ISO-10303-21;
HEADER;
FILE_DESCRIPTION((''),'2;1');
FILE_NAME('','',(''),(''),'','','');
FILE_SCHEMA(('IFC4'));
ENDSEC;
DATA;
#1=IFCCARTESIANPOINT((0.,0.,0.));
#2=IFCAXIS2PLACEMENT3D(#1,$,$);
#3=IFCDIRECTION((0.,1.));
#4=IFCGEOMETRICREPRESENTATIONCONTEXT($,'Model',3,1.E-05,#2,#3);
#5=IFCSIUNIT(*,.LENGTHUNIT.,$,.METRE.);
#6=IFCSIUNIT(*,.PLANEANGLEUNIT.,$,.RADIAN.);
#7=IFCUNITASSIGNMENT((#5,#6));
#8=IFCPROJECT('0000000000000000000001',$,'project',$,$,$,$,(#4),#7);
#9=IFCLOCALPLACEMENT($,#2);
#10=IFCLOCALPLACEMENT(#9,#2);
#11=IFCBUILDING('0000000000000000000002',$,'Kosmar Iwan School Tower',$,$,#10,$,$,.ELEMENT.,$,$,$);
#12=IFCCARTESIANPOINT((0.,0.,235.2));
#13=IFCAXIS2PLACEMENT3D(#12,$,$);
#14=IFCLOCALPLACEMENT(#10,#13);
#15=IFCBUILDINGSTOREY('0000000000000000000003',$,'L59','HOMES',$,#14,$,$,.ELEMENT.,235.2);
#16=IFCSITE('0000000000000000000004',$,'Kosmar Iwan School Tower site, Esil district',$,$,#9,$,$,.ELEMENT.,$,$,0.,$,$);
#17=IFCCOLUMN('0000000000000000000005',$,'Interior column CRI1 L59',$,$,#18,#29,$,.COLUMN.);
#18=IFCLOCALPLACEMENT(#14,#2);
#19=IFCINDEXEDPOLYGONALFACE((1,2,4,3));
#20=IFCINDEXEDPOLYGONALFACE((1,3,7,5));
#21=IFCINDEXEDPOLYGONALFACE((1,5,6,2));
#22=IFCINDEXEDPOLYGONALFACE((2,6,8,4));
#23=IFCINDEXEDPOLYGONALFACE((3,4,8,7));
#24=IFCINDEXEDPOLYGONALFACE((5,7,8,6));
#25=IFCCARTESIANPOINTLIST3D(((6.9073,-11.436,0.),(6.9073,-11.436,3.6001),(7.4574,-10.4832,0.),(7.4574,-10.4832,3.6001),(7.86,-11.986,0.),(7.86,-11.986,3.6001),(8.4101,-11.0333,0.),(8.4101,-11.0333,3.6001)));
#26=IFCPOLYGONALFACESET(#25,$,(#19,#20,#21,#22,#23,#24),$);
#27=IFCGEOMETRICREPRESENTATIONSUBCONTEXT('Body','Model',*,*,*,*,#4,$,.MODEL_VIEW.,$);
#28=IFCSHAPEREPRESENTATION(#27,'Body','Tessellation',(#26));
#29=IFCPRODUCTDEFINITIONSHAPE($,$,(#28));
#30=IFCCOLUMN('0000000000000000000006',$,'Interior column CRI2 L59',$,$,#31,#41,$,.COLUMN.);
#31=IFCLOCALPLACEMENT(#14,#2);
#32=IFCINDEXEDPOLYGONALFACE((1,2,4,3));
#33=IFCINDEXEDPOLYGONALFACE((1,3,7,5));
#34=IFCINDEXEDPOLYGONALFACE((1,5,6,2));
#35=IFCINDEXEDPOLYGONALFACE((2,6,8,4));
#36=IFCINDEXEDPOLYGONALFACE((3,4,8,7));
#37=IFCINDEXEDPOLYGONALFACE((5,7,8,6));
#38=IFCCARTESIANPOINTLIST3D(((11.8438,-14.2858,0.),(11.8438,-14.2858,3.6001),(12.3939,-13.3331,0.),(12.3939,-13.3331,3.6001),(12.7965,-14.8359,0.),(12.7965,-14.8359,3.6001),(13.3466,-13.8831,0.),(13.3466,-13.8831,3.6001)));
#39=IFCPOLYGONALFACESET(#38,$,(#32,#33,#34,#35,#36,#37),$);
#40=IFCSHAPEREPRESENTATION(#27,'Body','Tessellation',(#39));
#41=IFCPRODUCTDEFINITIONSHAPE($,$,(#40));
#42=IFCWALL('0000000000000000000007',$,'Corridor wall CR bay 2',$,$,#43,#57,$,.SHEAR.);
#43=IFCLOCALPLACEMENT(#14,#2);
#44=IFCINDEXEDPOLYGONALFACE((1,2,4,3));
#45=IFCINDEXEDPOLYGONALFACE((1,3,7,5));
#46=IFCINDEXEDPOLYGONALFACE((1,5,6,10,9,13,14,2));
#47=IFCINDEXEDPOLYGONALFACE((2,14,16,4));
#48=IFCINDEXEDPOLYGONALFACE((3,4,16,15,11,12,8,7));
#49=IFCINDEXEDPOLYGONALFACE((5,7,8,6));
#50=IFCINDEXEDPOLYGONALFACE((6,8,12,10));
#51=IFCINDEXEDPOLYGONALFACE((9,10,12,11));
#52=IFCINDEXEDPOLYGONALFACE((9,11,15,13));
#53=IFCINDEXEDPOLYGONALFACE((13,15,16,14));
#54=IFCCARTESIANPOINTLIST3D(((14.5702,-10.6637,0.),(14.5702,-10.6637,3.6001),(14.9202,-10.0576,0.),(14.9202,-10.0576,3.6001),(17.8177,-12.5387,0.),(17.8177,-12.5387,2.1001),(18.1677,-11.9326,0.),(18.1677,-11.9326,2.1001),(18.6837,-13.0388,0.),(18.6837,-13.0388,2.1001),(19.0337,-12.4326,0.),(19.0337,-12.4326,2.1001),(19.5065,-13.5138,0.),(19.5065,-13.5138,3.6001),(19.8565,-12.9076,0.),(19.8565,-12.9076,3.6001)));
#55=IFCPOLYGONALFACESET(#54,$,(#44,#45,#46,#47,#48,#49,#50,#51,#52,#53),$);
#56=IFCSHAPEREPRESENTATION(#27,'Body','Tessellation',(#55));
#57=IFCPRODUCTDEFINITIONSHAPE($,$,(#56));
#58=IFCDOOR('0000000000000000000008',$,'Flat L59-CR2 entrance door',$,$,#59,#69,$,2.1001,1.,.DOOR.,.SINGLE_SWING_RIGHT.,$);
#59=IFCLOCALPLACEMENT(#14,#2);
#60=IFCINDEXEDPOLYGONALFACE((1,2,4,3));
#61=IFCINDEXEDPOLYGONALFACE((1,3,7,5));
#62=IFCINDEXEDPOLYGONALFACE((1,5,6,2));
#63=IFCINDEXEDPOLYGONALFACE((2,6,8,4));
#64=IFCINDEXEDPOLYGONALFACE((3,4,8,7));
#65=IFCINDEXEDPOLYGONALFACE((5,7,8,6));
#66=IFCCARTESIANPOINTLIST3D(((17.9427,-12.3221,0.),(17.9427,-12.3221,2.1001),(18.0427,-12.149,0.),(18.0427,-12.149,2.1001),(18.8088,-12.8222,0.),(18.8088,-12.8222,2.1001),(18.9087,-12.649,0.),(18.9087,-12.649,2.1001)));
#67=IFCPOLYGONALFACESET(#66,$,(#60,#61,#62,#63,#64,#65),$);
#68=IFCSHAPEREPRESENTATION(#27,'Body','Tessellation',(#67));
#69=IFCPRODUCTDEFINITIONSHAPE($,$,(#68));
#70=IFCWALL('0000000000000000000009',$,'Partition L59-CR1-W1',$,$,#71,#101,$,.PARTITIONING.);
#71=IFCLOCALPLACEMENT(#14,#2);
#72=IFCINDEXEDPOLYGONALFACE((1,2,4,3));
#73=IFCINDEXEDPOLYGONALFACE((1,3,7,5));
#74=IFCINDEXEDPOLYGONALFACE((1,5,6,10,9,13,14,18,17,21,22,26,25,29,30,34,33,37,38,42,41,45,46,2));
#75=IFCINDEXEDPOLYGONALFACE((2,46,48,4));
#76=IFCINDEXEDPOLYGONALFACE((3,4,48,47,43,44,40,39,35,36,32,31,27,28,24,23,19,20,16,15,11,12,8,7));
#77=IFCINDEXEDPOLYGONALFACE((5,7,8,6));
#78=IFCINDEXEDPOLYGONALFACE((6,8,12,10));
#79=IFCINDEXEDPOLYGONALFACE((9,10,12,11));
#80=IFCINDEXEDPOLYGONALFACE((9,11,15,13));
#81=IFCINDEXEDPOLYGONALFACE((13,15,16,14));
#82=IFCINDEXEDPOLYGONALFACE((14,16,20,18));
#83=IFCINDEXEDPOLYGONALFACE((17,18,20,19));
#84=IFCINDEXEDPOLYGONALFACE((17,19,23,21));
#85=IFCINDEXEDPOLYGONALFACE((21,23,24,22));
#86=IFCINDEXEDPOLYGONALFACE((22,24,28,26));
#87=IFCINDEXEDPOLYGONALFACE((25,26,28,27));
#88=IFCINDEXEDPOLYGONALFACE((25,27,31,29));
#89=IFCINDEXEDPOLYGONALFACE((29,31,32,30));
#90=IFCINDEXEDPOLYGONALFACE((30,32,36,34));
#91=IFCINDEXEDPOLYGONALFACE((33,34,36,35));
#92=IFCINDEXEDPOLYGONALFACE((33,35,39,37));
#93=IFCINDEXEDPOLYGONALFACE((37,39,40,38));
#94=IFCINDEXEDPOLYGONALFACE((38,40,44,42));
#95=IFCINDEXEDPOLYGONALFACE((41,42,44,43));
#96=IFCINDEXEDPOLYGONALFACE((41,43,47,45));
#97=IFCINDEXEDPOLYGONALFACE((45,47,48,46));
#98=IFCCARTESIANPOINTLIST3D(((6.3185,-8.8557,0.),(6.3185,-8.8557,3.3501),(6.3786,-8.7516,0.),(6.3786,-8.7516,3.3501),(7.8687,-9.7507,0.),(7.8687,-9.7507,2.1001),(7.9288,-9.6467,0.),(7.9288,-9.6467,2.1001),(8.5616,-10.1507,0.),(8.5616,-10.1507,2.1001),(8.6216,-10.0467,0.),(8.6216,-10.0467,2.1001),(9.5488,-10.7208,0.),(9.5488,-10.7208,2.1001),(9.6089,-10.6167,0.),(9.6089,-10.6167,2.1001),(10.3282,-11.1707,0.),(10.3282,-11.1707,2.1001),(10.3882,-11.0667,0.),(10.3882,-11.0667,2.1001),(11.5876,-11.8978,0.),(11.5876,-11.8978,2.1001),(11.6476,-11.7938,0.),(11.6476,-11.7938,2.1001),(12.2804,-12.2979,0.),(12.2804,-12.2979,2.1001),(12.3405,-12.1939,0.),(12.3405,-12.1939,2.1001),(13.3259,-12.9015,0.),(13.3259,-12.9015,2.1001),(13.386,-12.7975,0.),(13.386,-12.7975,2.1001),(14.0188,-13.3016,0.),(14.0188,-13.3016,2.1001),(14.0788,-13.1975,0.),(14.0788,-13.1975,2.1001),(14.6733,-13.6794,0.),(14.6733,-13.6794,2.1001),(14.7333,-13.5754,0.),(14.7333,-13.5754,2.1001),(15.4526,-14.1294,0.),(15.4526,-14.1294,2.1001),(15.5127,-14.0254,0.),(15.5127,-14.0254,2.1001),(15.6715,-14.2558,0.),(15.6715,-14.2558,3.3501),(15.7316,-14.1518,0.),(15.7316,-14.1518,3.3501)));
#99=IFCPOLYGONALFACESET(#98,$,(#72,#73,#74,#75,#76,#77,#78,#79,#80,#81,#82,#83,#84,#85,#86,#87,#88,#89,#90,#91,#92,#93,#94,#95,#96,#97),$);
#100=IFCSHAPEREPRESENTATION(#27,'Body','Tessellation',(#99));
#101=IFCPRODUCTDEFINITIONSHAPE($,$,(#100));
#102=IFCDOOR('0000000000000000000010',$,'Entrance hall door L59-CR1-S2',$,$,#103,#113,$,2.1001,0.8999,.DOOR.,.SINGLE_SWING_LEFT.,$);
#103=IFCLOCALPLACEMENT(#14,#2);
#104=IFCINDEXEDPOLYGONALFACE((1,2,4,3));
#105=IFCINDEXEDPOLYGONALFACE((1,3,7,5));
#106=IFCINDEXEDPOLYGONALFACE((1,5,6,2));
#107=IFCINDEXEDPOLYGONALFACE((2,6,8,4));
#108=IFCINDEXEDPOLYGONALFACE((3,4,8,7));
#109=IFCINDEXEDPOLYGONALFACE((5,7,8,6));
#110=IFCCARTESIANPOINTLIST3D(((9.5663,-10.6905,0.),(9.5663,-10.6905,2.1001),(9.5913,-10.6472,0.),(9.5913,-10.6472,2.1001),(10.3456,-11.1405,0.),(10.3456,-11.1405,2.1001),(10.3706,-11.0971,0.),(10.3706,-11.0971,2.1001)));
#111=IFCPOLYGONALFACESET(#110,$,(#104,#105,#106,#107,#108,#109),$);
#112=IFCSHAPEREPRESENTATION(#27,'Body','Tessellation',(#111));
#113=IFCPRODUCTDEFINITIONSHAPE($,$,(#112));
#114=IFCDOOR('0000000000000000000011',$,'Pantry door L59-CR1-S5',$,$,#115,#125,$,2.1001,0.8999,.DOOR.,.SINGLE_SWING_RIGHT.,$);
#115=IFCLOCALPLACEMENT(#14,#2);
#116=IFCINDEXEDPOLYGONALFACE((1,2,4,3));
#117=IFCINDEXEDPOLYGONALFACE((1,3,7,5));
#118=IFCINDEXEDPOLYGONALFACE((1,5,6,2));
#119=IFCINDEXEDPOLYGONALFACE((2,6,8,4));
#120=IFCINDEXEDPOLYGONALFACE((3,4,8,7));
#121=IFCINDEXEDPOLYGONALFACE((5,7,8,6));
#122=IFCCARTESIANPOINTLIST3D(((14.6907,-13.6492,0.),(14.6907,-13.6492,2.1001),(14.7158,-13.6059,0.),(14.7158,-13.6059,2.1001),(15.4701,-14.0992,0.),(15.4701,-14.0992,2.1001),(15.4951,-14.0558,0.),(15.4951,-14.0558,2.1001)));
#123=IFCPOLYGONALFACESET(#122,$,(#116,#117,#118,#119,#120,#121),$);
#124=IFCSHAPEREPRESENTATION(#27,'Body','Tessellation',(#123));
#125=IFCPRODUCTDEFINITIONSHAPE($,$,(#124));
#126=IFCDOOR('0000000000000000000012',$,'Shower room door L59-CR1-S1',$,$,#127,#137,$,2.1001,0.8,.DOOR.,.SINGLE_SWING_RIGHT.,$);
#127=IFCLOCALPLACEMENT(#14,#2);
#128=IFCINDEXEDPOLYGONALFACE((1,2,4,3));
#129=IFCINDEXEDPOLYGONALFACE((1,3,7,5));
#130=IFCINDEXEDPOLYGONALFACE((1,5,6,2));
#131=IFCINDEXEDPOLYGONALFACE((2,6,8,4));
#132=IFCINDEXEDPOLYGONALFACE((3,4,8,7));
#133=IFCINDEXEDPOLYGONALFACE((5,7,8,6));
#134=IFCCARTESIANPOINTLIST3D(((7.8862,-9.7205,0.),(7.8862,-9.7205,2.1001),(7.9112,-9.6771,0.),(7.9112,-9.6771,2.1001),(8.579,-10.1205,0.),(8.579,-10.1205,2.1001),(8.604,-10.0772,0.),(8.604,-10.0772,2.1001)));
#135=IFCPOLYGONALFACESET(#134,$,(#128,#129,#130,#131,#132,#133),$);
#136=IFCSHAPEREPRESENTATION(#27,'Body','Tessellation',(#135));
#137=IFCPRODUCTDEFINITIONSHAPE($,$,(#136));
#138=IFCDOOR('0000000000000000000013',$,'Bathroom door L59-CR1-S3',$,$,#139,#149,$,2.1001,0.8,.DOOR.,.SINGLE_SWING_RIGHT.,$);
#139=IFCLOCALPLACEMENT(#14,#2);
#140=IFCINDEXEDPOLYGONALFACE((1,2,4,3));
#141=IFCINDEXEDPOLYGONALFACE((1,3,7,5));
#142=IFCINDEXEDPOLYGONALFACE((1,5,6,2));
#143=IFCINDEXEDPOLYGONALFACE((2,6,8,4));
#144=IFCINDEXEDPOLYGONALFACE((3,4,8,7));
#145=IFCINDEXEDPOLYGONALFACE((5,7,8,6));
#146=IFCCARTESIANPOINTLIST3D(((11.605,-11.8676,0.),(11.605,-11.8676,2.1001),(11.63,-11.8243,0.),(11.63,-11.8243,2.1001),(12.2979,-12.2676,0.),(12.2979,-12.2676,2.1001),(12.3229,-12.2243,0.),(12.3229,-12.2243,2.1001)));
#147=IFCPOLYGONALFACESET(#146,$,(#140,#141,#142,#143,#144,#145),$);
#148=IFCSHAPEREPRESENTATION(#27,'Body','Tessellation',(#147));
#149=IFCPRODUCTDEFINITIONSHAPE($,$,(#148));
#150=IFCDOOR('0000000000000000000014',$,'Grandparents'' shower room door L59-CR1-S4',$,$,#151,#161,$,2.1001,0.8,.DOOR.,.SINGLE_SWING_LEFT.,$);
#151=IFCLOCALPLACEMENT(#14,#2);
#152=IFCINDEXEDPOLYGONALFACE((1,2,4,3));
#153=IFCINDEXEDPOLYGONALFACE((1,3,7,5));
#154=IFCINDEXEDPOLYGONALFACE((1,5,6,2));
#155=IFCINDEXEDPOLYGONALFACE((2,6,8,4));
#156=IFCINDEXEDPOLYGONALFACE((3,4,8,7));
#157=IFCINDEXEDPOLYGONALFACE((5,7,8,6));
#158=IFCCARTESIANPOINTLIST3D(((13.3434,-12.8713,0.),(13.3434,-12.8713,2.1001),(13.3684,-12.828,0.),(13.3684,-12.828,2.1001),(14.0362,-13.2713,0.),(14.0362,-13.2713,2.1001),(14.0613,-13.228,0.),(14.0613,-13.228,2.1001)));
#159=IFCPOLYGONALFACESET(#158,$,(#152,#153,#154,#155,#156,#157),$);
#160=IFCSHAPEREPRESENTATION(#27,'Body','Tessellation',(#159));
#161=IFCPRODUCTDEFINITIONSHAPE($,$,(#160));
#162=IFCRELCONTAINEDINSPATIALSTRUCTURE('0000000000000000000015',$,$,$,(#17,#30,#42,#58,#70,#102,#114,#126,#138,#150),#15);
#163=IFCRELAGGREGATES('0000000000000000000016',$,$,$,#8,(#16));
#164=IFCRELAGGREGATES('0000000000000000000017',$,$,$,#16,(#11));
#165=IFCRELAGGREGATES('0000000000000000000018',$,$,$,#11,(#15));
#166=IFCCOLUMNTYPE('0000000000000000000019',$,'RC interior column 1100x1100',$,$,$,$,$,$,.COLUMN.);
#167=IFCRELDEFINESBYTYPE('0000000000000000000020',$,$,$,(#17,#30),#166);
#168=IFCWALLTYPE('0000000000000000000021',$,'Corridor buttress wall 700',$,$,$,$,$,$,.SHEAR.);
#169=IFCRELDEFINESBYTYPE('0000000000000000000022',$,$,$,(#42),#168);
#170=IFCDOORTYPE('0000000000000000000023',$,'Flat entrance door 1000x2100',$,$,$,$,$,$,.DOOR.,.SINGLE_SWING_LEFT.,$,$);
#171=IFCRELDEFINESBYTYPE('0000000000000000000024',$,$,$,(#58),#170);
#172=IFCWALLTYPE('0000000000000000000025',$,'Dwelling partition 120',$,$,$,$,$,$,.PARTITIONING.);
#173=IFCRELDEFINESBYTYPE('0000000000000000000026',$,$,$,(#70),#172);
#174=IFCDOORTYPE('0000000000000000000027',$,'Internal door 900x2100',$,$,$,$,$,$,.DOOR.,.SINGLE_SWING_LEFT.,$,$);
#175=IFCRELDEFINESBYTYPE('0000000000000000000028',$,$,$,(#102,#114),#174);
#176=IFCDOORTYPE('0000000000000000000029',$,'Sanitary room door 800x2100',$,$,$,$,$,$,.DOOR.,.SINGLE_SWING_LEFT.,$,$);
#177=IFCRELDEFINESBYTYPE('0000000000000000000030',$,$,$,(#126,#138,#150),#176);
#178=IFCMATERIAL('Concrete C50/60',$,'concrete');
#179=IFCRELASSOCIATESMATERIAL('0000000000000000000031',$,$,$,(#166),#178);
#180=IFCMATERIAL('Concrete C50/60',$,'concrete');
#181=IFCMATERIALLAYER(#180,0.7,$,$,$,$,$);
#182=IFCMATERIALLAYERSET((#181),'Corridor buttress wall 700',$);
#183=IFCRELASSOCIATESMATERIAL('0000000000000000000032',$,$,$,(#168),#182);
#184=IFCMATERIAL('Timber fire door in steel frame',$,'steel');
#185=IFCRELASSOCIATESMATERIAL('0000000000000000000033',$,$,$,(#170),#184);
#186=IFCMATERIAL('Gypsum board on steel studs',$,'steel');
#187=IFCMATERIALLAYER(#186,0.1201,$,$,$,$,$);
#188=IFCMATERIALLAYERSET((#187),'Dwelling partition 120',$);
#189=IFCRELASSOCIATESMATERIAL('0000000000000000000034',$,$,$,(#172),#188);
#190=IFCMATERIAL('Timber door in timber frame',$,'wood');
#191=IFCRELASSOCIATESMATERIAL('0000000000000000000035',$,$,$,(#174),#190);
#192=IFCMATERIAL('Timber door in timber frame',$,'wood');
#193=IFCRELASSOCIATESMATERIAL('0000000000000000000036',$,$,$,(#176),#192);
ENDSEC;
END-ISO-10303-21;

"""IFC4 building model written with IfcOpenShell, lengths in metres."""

from ifc_helpers import new_model, si_unit, direction, frame, frame_2d, origin, origin_2d, place, context, subcontext, project, spatial, rectangle, extrude, material, layer, layer_set, material_profile, profile_set, type_object, element, fill, save


model = new_model("IFC4")

# Units and contexts
model_context = context("Model", 3, precision=1e-05, world=origin(), true_north=direction((0.0, 1.0)))
body_context = subcontext(model_context, "Body", "Model", "MODEL_VIEW")
ifc_project = project(units=[si_unit("LENGTHUNIT", "METRE"), si_unit("PLANEANGLEUNIT", "RADIAN")], contexts=[model_context])

# Site, building, storey
site_placement = place(None, origin())
site = spatial("IfcSite", under=ifc_project, at=site_placement, Name="Kosmar Iwan School Tower site, Esil district", CompositionType="ELEMENT", RefElevation=0.0)
building_placement = place(site_placement, origin())
building = spatial("IfcBuilding", under=site, at=building_placement, Name="Kosmar Iwan School Tower", CompositionType="ELEMENT")
storey_placement = place(building_placement, frame((0.0, 0.0, 235.2)))
storey = spatial("IfcBuildingStorey", under=building, at=storey_placement, Name="L59", Description="HOMES", CompositionType="ELEMENT", Elevation=235.2)

# Columns
ifc_material_1 = material(Name="Concrete C50/60", Category="concrete")
ifc_material_profile = material_profile(ifc_material_1, rectangle(XDim=1.1001, YDim=1.1001, at=origin_2d()), Name="RC 1100x1100")
ifc_profile_set = profile_set([ifc_material_profile], Name="Concrete C50/60")
column_type = type_object("IfcColumnType", Name="RC interior column 1100x1100", PredefinedType="COLUMN", material=ifc_profile_set)
for number, where, z_axis, x_axis, name in (
    (1, (7.6587, -11.2346, 0.0), (0.0, 0.0, 1.0), (0.866025, -0.5, 0.0), "Interior column CRI1 L59"),
    (2, (12.5952, -14.0845, 0.0), (0.0, 0.0, 1.0), (0.866025, -0.5, 0.0), "Interior column CRI2 L59"),
):
    element("IfcColumn", number, at=place(storey_placement, frame(where, z_axis=z_axis, x_axis=x_axis)), inside=storey, type_object=column_type, Name=name, PredefinedType="COLUMN", context=body_context, shape_type="SweptSolid", body=[
        extrude(rectangle(XDim=1.1001, YDim=1.1001, at=origin_2d()), origin(), (0.0, 0.0, 1.0), 3.6001),
    ])

# Wall, opening, door
ifc_material_2 = material(Name="Concrete C50/60", Category="concrete")
ifc_layer_1 = layer(ifc_material_2, 0.7)
ifc_layer_set_1 = layer_set([ifc_layer_1], Name="Corridor buttress wall 700")
wall_type_1 = type_object("IfcWallType", Name="Corridor buttress wall 700", PredefinedType="SHEAR", material=ifc_layer_set_1)
wall_1_placement = place(storey_placement, frame((14.7451, -10.3606, 0.0), z_axis=(0.0, 0.0, 1.0), x_axis=(0.866015, -0.500018, 0.0)))
wall_1 = element("IfcWall", 3, at=wall_1_placement, inside=storey, type_object=wall_type_1, Name="Corridor wall CR bay 2", PredefinedType="SHEAR", context=body_context, shape_type="SweptSolid", body=[
    extrude(rectangle(XDim=5.7, YDim=0.7, at=frame_2d((2.8501, 0.0))), origin(), (0.0, 0.0, 1.0), 3.6001),
])
opening_1_placement = place(wall_1_placement, frame((3.75, 0.0, 0.0)))
opening_1 = element("IfcOpeningElement", 4, at=opening_1_placement, cuts=wall_1, PredefinedType="OPENING", context=body_context, shape_type="SweptSolid", body=[
    extrude(rectangle(XDim=1.0, YDim=2.1001, at=frame_2d((0.5, 1.05))), frame((0.0, 0.3621, 0.0), z_axis=(0.0, -1.0, 0.0), x_axis=(1.0, 0.0, 0.0)), (0.0, 0.0, 1.0), 0.7239),
])
ifc_material_3 = material(Name="Timber fire door in steel frame", Category="steel")
door_type_1 = type_object("IfcDoorType", Name="Flat entrance door 1000x2100", OperationType="SINGLE_SWING_LEFT", PredefinedType="DOOR", material=ifc_material_3)
door_1_placement = place(opening_1_placement, origin())
door_1 = element("IfcDoor", 5, at=door_1_placement, inside=storey, type_object=door_type_1, Name="Flat L59-CR2 entrance door", OperationType="SINGLE_SWING_RIGHT", OverallHeight=2.1001, OverallWidth=1.0, PredefinedType="DOOR", context=body_context, shape_type="SweptSolid", body=[
    extrude(rectangle(XDim=1.0, YDim=2.1001, at=frame_2d((0.5, 1.05))), frame((0.0, 0.1001, 0.0), z_axis=(0.0, -1.0, 0.0), x_axis=(1.0, 0.0, 0.0)), (0.0, 0.0, 1.0), 0.2),
])
fill(opening_1, door_1)

# Wall, openings, doors
ifc_material_4 = material(Name="Gypsum board on steel studs", Category="steel")
ifc_layer_2 = layer(ifc_material_4, 0.1201)
ifc_layer_set_2 = layer_set([ifc_layer_2], Name="Dwelling partition 120")
wall_type_2 = type_object("IfcWallType", Name="Dwelling partition 120", PredefinedType="PARTITIONING", material=ifc_layer_set_2)
wall_2_placement = place(storey_placement, frame((6.3486, -8.8037, 0.0), z_axis=(0.0, 0.0, 1.0), x_axis=(0.866018, -0.500012, 0.0)))
wall_2 = element("IfcWall", 6, at=wall_2_placement, inside=storey, type_object=wall_type_2, Name="Partition L59-CR1-W1", PredefinedType="PARTITIONING", context=body_context, shape_type="SweptSolid", body=[
    extrude(rectangle(XDim=10.8, YDim=0.1201, at=frame_2d((5.3999, 0.0))), origin(), (0.0, 0.0, 1.0), 3.3501),
])
opening_2_placement = place(wall_2_placement, frame((1.79, 0.0, 0.0)))
opening_2 = element("IfcOpeningElement", 7, at=opening_2_placement, cuts=wall_2, PredefinedType="OPENING", context=body_context, shape_type="SweptSolid", body=[
    extrude(rectangle(XDim=0.8, YDim=2.1001, at=frame_2d((0.3999, 1.05))), frame((0.0, 0.072, 0.0), z_axis=(0.0, -1.0, 0.0), x_axis=(1.0, 0.0, 0.0)), (0.0, 0.0, 1.0), 0.144),
])
opening_3_placement = place(wall_2_placement, frame((3.73, 0.0, 0.0)))
opening_3 = element("IfcOpeningElement", 8, at=opening_3_placement, cuts=wall_2, PredefinedType="OPENING", context=body_context, shape_type="SweptSolid", body=[
    extrude(rectangle(XDim=0.8999, YDim=2.1001, at=frame_2d((0.45, 1.05))), frame((0.0, 0.072, 0.0), z_axis=(0.0, -1.0, 0.0), x_axis=(1.0, 0.0, 0.0)), (0.0, 0.0, 1.0), 0.144),
])
opening_4_placement = place(wall_2_placement, frame((6.0842, 0.0, 0.0)))
opening_4 = element("IfcOpeningElement", 9, at=opening_4_placement, cuts=wall_2, PredefinedType="OPENING", context=body_context, shape_type="SweptSolid", body=[
    extrude(rectangle(XDim=0.8, YDim=2.1001, at=frame_2d((0.3999, 1.05))), frame((0.0, 0.072, 0.0), z_axis=(0.0, -1.0, 0.0), x_axis=(1.0, 0.0, 0.0)), (0.0, 0.0, 1.0), 0.144),
])
opening_5_placement = place(wall_2_placement, frame((8.0916, 0.0, 0.0)))
opening_5 = element("IfcOpeningElement", 10, at=opening_5_placement, cuts=wall_2, PredefinedType="OPENING", context=body_context, shape_type="SweptSolid", body=[
    extrude(rectangle(XDim=0.8, YDim=2.1001, at=frame_2d((0.3999, 1.05))), frame((0.0, 0.072, 0.0), z_axis=(0.0, -1.0, 0.0), x_axis=(1.0, 0.0, 0.0)), (0.0, 0.0, 1.0), 0.144),
])
opening_6_placement = place(wall_2_placement, frame((9.6472, 0.0, 0.0)))
opening_6 = element("IfcOpeningElement", 11, at=opening_6_placement, cuts=wall_2, PredefinedType="OPENING", context=body_context, shape_type="SweptSolid", body=[
    extrude(rectangle(XDim=0.8999, YDim=2.1001, at=frame_2d((0.45, 1.05))), frame((0.0, 0.072, 0.0), z_axis=(0.0, -1.0, 0.0), x_axis=(1.0, 0.0, 0.0)), (0.0, 0.0, 1.0), 0.144),
])
ifc_material_5 = material(Name="Timber door in timber frame", Category="wood")
door_type_2 = type_object("IfcDoorType", Name="Internal door 900x2100", OperationType="SINGLE_SWING_LEFT", PredefinedType="DOOR", material=ifc_material_5)
door_2_placement = place(opening_3_placement, origin())
door_2 = element("IfcDoor", 12, at=door_2_placement, inside=storey, type_object=door_type_2, Name="Entrance hall door L59-CR1-S2", OperationType="SINGLE_SWING_LEFT", OverallHeight=2.1001, OverallWidth=0.8999, PredefinedType="DOOR", context=body_context, shape_type="SweptSolid", body=[
    extrude(rectangle(XDim=0.8999, YDim=2.1001, at=frame_2d((0.45, 1.05))), frame((0.0, 0.0249, 0.0), z_axis=(0.0, -1.0, 0.0), x_axis=(1.0, 0.0, 0.0)), (0.0, 0.0, 1.0), 0.05),
])
fill(opening_3, door_2)
door_3_placement = place(opening_6_placement, origin())
door_3 = element("IfcDoor", 13, at=door_3_placement, inside=storey, type_object=door_type_2, Name="Pantry door L59-CR1-S5", OperationType="SINGLE_SWING_RIGHT", OverallHeight=2.1001, OverallWidth=0.8999, PredefinedType="DOOR", context=body_context, shape_type="SweptSolid", body=[
    extrude(rectangle(XDim=0.8999, YDim=2.1001, at=frame_2d((0.45, 1.05))), frame((0.0, 0.0249, 0.0), z_axis=(0.0, -1.0, 0.0), x_axis=(1.0, 0.0, 0.0)), (0.0, 0.0, 1.0), 0.05),
])
fill(opening_6, door_3)
ifc_material_6 = material(Name="Timber door in timber frame", Category="wood")
door_type_3 = type_object("IfcDoorType", Name="Sanitary room door 800x2100", OperationType="SINGLE_SWING_LEFT", PredefinedType="DOOR", material=ifc_material_6)
door_4_placement = place(opening_2_placement, origin())
door_4 = element("IfcDoor", 14, at=door_4_placement, inside=storey, type_object=door_type_3, Name="Shower room door L59-CR1-S1", OperationType="SINGLE_SWING_RIGHT", OverallHeight=2.1001, OverallWidth=0.8, PredefinedType="DOOR", context=body_context, shape_type="SweptSolid", body=[
    extrude(rectangle(XDim=0.8, YDim=2.1001, at=frame_2d((0.3999, 1.05))), frame((0.0, 0.0249, 0.0), z_axis=(0.0, -1.0, 0.0), x_axis=(1.0, 0.0, 0.0)), (0.0, 0.0, 1.0), 0.05),
])
fill(opening_2, door_4)
door_5_placement = place(opening_4_placement, origin())
door_5 = element("IfcDoor", 15, at=door_5_placement, inside=storey, type_object=door_type_3, Name="Bathroom door L59-CR1-S3", OperationType="SINGLE_SWING_RIGHT", OverallHeight=2.1001, OverallWidth=0.8, PredefinedType="DOOR", context=body_context, shape_type="SweptSolid", body=[
    extrude(rectangle(XDim=0.8, YDim=2.1001, at=frame_2d((0.3999, 1.05))), frame((0.0, 0.0249, 0.0), z_axis=(0.0, -1.0, 0.0), x_axis=(1.0, 0.0, 0.0)), (0.0, 0.0, 1.0), 0.05),
])
fill(opening_4, door_5)
door_6_placement = place(opening_5_placement, origin())
door_6 = element("IfcDoor", 16, at=door_6_placement, inside=storey, type_object=door_type_3, Name="Grandparents' shower room door L59-CR1-S4", OperationType="SINGLE_SWING_LEFT", OverallHeight=2.1001, OverallWidth=0.8, PredefinedType="DOOR", context=body_context, shape_type="SweptSolid", body=[
    extrude(rectangle(XDim=0.8, YDim=2.1001, at=frame_2d((0.3999, 1.05))), frame((0.0, 0.0249, 0.0), z_axis=(0.0, -1.0, 0.0), x_axis=(1.0, 0.0, 0.0)), (0.0, 0.0, 1.0), 0.05),
])
fill(opening_5, door_6)

save(model, "model.ifc")
